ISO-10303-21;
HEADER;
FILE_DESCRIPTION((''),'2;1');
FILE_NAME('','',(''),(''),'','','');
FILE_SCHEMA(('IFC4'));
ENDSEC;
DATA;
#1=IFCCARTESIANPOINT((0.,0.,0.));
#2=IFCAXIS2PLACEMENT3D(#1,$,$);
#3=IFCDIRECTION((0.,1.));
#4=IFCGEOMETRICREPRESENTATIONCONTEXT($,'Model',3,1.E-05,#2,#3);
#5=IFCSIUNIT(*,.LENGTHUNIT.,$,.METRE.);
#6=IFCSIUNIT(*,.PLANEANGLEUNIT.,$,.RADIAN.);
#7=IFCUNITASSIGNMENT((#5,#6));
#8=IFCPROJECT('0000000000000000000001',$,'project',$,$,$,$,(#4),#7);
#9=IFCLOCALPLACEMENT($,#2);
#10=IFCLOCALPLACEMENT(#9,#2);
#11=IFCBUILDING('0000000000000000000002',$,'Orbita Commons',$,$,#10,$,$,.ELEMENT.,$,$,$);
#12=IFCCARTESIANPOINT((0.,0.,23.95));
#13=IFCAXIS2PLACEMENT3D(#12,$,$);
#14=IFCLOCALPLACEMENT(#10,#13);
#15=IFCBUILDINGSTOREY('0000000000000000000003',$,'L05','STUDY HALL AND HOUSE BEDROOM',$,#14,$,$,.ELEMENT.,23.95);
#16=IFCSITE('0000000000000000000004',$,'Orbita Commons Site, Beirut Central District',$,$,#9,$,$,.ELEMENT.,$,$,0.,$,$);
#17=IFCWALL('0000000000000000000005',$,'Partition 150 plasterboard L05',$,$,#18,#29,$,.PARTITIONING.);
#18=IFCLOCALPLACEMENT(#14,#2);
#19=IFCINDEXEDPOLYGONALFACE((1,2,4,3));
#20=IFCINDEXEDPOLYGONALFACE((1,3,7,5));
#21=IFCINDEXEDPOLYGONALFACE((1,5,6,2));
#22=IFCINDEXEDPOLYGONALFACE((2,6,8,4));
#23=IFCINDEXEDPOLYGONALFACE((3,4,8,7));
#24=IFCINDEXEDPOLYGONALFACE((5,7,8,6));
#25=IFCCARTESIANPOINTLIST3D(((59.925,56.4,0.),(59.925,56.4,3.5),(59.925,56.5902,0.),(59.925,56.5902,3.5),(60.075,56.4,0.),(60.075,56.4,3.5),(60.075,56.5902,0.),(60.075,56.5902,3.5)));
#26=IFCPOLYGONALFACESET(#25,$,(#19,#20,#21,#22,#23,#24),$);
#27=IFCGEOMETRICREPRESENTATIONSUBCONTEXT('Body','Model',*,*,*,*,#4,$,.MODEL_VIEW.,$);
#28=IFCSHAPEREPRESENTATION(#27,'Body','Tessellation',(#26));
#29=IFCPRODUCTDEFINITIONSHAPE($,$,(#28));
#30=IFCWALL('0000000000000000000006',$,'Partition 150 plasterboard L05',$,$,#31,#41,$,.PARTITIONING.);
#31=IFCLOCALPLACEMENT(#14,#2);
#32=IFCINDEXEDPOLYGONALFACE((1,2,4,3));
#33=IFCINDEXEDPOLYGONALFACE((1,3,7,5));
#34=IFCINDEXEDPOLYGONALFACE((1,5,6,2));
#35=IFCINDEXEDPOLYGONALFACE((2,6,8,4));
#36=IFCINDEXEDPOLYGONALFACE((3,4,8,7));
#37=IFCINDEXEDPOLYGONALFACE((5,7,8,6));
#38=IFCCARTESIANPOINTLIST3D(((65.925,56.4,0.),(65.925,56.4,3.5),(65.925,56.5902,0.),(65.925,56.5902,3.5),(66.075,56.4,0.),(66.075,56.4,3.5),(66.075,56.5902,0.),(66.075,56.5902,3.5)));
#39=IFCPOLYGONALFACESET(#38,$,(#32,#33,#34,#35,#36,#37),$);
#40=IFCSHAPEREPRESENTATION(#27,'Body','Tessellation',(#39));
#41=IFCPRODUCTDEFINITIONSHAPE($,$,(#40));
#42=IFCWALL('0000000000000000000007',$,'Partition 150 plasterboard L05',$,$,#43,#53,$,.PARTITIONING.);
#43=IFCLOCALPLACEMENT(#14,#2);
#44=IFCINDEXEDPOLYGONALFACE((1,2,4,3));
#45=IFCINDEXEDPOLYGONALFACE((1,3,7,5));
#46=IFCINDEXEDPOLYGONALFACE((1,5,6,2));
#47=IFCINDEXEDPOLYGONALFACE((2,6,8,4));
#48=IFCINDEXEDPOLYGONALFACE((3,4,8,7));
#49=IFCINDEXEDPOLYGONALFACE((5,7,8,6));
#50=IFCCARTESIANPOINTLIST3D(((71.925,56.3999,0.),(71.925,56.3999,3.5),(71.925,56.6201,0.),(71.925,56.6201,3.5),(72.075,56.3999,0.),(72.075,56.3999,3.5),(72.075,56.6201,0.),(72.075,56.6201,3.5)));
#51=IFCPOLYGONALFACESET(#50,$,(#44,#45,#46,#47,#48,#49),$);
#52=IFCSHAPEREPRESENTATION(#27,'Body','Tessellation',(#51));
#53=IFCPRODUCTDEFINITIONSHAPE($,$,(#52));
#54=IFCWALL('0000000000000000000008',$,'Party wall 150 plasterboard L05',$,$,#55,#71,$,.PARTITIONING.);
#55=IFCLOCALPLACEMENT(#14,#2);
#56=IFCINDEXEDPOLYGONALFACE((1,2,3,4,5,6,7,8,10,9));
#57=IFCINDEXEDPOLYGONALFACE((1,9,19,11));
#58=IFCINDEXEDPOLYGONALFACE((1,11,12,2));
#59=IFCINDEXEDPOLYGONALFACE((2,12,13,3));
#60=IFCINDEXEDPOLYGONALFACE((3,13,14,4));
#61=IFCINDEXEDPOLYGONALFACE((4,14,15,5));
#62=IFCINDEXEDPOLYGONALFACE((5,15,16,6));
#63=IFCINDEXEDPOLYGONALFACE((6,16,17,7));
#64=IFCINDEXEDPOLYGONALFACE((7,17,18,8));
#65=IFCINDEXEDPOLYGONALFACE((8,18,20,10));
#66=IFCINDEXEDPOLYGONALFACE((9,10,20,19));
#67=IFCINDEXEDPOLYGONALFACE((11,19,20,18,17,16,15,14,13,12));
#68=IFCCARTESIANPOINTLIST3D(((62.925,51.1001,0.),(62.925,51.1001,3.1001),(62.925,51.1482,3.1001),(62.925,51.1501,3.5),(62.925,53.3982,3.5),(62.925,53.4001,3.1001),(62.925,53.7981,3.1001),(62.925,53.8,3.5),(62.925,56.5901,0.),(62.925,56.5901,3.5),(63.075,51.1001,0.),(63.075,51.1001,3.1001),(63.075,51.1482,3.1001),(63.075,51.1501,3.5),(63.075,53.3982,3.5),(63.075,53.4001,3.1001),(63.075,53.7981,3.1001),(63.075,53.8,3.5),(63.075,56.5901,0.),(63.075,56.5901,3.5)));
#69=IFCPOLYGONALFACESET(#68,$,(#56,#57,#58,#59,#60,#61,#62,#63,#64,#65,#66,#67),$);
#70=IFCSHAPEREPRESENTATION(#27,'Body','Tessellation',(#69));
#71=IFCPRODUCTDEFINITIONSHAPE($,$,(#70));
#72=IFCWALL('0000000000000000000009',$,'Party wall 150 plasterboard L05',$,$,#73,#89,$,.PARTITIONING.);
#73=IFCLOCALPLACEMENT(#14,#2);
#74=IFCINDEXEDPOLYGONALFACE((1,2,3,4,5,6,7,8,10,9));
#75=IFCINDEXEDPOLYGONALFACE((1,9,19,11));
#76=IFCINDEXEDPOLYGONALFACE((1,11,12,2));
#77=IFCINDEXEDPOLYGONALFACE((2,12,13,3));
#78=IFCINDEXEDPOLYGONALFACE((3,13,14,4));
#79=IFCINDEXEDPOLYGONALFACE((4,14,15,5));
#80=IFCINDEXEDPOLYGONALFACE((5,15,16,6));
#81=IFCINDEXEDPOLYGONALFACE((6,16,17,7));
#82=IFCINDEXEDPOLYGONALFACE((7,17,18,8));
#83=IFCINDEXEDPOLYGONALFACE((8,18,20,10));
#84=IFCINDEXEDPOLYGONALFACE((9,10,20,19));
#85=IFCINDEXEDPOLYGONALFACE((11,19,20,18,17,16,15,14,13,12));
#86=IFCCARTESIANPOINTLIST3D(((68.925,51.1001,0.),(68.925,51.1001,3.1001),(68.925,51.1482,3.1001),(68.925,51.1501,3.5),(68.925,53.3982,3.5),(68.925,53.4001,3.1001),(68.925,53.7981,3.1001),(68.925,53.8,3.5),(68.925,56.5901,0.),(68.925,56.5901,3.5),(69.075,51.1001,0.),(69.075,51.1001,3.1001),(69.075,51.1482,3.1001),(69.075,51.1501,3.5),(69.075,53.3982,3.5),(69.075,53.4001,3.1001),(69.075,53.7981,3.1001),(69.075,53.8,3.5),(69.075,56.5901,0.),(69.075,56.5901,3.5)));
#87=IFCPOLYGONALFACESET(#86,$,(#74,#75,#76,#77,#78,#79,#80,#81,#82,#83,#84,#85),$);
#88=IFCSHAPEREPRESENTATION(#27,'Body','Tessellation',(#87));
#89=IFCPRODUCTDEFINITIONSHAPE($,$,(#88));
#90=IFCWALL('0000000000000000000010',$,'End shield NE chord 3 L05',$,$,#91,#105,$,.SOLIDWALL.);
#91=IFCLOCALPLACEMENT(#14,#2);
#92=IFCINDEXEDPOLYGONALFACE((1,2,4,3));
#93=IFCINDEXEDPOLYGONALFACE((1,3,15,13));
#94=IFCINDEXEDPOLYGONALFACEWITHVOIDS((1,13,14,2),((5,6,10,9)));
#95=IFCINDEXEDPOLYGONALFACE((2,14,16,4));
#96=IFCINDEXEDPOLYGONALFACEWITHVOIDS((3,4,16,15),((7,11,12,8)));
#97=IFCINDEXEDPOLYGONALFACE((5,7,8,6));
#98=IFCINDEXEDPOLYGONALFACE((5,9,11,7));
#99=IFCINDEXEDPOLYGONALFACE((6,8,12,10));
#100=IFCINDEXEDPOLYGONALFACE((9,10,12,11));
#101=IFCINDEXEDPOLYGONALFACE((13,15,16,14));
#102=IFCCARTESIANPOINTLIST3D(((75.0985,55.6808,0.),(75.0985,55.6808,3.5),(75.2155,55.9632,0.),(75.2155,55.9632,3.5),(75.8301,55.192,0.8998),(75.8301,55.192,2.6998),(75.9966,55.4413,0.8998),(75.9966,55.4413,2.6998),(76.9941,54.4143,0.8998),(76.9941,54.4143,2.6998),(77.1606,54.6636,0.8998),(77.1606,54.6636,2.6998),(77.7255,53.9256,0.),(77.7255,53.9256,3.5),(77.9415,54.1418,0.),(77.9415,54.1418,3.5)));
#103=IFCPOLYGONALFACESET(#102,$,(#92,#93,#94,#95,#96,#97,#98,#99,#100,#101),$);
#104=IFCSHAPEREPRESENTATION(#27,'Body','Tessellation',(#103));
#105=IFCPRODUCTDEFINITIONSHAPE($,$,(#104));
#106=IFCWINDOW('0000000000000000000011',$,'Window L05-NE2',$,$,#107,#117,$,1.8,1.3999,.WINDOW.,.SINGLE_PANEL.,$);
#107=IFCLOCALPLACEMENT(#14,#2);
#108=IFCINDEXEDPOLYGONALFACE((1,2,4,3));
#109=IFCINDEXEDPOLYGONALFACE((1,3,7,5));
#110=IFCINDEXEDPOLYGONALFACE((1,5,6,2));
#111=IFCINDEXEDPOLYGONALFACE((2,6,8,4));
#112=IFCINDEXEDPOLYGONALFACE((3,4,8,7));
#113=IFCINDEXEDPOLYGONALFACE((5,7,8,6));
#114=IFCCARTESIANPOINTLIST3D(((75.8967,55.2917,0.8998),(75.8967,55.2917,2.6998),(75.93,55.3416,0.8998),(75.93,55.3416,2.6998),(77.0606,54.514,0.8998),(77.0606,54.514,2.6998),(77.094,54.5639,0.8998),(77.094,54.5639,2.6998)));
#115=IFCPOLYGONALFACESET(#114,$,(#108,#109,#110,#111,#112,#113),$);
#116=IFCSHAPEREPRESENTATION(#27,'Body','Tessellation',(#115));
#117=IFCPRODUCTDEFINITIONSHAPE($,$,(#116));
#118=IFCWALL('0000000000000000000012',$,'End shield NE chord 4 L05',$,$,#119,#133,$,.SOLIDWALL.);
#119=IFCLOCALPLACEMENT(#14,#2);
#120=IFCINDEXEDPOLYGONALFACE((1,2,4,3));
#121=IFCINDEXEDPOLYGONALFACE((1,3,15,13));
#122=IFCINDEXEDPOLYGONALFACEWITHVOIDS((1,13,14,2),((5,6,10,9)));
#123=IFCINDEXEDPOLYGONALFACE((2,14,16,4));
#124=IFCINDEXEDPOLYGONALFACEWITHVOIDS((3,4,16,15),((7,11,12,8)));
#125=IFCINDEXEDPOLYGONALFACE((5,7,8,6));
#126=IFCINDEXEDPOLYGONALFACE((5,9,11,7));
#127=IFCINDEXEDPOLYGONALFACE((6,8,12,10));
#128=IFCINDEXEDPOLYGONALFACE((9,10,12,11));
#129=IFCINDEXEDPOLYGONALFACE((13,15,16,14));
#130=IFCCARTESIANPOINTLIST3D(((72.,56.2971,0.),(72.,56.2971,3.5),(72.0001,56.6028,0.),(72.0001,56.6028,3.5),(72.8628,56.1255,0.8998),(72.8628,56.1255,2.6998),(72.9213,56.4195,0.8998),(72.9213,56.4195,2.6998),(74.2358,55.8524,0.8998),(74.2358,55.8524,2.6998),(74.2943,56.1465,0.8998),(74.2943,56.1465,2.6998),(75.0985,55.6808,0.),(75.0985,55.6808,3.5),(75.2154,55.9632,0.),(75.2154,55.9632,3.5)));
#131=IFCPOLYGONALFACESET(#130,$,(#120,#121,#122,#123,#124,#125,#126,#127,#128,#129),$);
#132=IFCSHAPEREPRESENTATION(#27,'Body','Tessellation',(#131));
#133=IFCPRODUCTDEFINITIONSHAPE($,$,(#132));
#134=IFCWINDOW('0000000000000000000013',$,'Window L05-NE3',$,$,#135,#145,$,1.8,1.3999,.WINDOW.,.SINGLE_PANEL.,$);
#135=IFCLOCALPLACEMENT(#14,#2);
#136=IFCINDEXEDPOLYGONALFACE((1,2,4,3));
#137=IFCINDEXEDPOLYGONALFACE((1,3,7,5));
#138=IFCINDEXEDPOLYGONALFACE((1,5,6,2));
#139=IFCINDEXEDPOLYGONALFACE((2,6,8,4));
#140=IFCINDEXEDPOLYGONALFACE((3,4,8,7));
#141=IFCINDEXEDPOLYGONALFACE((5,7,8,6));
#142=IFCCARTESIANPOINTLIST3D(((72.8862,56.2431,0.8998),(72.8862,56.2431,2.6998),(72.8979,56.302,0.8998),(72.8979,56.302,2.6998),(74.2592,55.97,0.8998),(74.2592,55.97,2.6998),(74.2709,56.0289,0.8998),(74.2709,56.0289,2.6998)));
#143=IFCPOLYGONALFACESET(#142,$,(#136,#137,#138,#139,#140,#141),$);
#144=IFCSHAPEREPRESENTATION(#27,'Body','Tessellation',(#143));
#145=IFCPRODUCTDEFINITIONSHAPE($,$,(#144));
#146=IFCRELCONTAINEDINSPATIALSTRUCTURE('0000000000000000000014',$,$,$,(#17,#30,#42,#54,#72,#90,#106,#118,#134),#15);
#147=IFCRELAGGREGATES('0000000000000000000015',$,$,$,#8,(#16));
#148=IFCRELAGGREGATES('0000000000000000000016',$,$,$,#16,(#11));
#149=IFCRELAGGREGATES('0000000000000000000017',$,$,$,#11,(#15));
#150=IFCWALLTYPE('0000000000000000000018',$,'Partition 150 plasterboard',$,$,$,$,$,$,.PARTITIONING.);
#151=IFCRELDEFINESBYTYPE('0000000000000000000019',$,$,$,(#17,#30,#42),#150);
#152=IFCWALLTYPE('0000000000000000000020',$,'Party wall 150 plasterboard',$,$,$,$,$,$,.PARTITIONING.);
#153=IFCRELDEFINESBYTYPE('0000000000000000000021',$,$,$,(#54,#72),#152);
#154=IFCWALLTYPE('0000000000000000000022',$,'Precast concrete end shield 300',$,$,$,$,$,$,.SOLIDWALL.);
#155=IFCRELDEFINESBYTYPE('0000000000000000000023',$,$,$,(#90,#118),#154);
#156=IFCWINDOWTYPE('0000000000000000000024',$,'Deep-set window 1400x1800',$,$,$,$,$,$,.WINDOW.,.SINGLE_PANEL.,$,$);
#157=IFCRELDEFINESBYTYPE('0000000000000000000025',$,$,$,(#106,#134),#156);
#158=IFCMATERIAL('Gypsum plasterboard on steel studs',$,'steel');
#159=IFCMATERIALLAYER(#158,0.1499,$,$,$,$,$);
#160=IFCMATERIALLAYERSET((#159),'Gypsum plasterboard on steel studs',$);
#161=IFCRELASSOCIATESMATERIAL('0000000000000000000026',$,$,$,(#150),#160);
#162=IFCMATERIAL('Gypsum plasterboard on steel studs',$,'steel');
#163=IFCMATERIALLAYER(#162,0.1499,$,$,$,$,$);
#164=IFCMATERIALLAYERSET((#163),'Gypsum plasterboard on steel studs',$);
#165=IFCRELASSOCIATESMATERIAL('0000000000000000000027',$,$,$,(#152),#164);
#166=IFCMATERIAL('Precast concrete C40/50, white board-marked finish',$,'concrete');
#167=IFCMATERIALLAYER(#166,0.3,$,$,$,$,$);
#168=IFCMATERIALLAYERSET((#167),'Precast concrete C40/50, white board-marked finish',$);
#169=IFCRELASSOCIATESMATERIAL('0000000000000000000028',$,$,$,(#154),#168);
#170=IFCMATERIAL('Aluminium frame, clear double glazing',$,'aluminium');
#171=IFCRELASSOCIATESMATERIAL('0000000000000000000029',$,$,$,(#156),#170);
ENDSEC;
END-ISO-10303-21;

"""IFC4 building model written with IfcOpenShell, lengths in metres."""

from ifc_helpers import new_model, si_unit, direction, frame, frame_2d, origin, place, context, subcontext, project, spatial, polyline, rectangle, outline, extrude, material, layer, layer_set, type_object, element, fill, save


model = new_model("IFC4")

# Units and contexts
model_context = context("Model", 3, precision=1e-05, world=origin(), true_north=direction((0.0, 1.0)))
body_context = subcontext(model_context, "Body", "Model", "MODEL_VIEW")
ifc_project = project(units=[si_unit("LENGTHUNIT", "METRE"), si_unit("PLANEANGLEUNIT", "RADIAN")], contexts=[model_context])

# Site, building, storey
site_placement = place(None, origin())
site = spatial("IfcSite", under=ifc_project, at=site_placement, Name="Orbita Commons Site, Beirut Central District", CompositionType="ELEMENT", RefElevation=0.0)
building_placement = place(site_placement, origin())
building = spatial("IfcBuilding", under=site, at=building_placement, Name="Orbita Commons", CompositionType="ELEMENT")
storey_placement = place(building_placement, frame((0.0, 0.0, 23.95)))
storey = spatial("IfcBuildingStorey", under=building, at=storey_placement, Name="L05", Description="STUDY HALL AND HOUSE BEDROOM", CompositionType="ELEMENT", Elevation=23.95)

# Walls
ifc_material_1 = material(Name="Gypsum plasterboard on steel studs", Category="steel")
ifc_layer_1 = layer(ifc_material_1, 0.1499)
ifc_layer_set_1 = layer_set([ifc_layer_1], Name="Gypsum plasterboard on steel studs")
wall_type_1 = type_object("IfcWallType", Name="Partition 150 plasterboard", PredefinedType="PARTITIONING", material=ifc_layer_set_1)
for number, where, z_axis, x_axis, name in (
    (1, (60.0, 56.3999, 0.0), (0.0, 0.0, 1.0), (0.0, 1.0, 0.0), "Partition 150 plasterboard L05"),
    (2, (66.0, 56.3999, 0.0), (0.0, 0.0, 1.0), (0.0, 1.0, 0.0), "Partition 150 plasterboard L05"),
):
    element("IfcWall", number, at=place(storey_placement, frame(where, z_axis=z_axis, x_axis=x_axis)), inside=storey, type_object=wall_type_1, Name=name, PredefinedType="PARTITIONING", context=body_context, shape_type="SweptSolid", body=[
        extrude(rectangle(XDim=0.1902, YDim=0.1499, at=frame_2d((0.0952, 0.0))), origin(), (0.0, 0.0, 1.0), 3.5),
    ])
wall_1_placement = place(storey_placement, frame((72.0, 56.3999, 0.0), z_axis=(0.0, 0.0, 1.0), x_axis=(0.0, 1.0, 0.0)))
element("IfcWall", 3, at=wall_1_placement, inside=storey, type_object=wall_type_1, Name="Partition 150 plasterboard L05", PredefinedType="PARTITIONING", context=body_context, shape_type="SweptSolid", body=[
    extrude(rectangle(XDim=0.2202, YDim=0.1499, at=frame_2d((0.1101, 0.0))), origin(), (0.0, 0.0, 1.0), 3.5),
])
ifc_material_2 = material(Name="Gypsum plasterboard on steel studs", Category="steel")
ifc_layer_2 = layer(ifc_material_2, 0.1499)
ifc_layer_set_2 = layer_set([ifc_layer_2], Name="Gypsum plasterboard on steel studs")
wall_type_2 = type_object("IfcWallType", Name="Party wall 150 plasterboard", PredefinedType="PARTITIONING", material=ifc_layer_set_2)
for number, where, z_axis, x_axis, name in (
    (4, (63.0, 56.5901, 0.0), (0.0, 0.0, 1.0), (0.0, -1.0, 0.0), "Party wall 150 plasterboard L05"),
    (5, (69.0, 56.5901, 0.0), (0.0, 0.0, 1.0), (0.0, -1.0, 0.0), "Party wall 150 plasterboard L05"),
):
    element("IfcWall", number, at=place(storey_placement, frame(where, z_axis=z_axis, x_axis=x_axis)), inside=storey, type_object=wall_type_2, Name=name, PredefinedType="PARTITIONING", context=body_context, shape_type="SweptSolid", body=[
        extrude(outline(polyline([(0.0, 0.0), (5.49, 0.0), (5.49, 3.1001), (5.4419, 3.1001), (5.4399, 3.5), (3.1919, 3.5), (3.1899, 3.1001), (2.792, 3.1001), (2.79, 3.5), (0.0, 3.5), (0.0, 0.0)])), frame((0.0, 0.075, 0.0), z_axis=(0.0, -1.0, 0.0), x_axis=(1.0, 0.0, 0.0)), (0.0, 0.0, 1.0), 0.1499),
    ])

# Walls, openings, windows
ifc_material_3 = material(Name="Precast concrete C40/50, white board-marked finish", Category="concrete")
ifc_layer_3 = layer(ifc_material_3, 0.3)
ifc_layer_set_3 = layer_set([ifc_layer_3], Name="Precast concrete C40/50, white board-marked finish")
wall_type_3 = type_object("IfcWallType", Name="Precast concrete end shield 300", PredefinedType="SOLIDWALL", material=ifc_layer_set_3)
wall_2_placement = place(storey_placement, frame((77.8335, 54.0337, 0.0), z_axis=(0.0, 0.0, 1.0), x_axis=(-0.831478, 0.555558, 0.0)))
wall_2 = element("IfcWall", 6, at=wall_2_placement, inside=storey, type_object=wall_type_3, Name="End shield NE chord 3 L05", PredefinedType="SOLIDWALL", context=body_context, shape_type="SweptSolid", body=[
    extrude(outline(polyline([(-0.0298, -0.1499), (3.2488, -0.1499), (3.1892, 0.1499), (0.0298, 0.1499), (-0.0298, -0.1499)])), origin(), (0.0, 0.0, 1.0), 3.5),
])
opening_1_placement = place(wall_2_placement, frame((0.9094, 0.0, 0.8999)))
opening_1 = element("IfcOpeningElement", 7, at=opening_1_placement, cuts=wall_2, PredefinedType="OPENING", context=body_context, shape_type="SweptSolid", body=[
    extrude(rectangle(XDim=1.3999, YDim=1.8, at=frame_2d((0.7, 0.8999))), frame((0.0, 0.1599, 0.0), z_axis=(0.0, -1.0, 0.0), x_axis=(1.0, 0.0, 0.0)), (0.0, 0.0, 1.0), 0.3201),
])
ifc_material_4 = material(Name="Aluminium frame, clear double glazing", Category="aluminium")
window_type = type_object("IfcWindowType", Name="Deep-set window 1400x1800", PartitioningType="SINGLE_PANEL", PredefinedType="WINDOW", material=ifc_material_4)
window_1_placement = place(opening_1_placement, origin())
window_1 = element("IfcWindow", 8, at=window_1_placement, inside=storey, type_object=window_type, Name="Window L05-NE2", OverallHeight=1.8, OverallWidth=1.3999, PartitioningType="SINGLE_PANEL", PredefinedType="WINDOW", context=body_context, shape_type="SweptSolid", body=[
    extrude(rectangle(XDim=1.3999, YDim=1.8, at=frame_2d((0.7, 0.8999))), frame((0.0, 0.03, 0.0), z_axis=(0.0, -1.0, 0.0), x_axis=(1.0, 0.0, 0.0)), (0.0, 0.0, 1.0), 0.0601),
])
fill(opening_1, window_1)
wall_3_placement = place(storey_placement, frame((75.157, 55.822, 0.0), z_axis=(0.0, 0.0, 1.0), x_axis=(-0.980787, 0.19508, 0.0)))
wall_3 = element("IfcWall", 9, at=wall_3_placement, inside=storey, type_object=wall_type_3, Name="End shield NE chord 4 L05", PredefinedType="SOLIDWALL", context=body_context, shape_type="SweptSolid", body=[
    extrude(outline(polyline([(-0.0298, -0.1499), (3.2485, -0.1499), (3.189, 0.1499), (0.0298, 0.1499), (-0.0298, -0.1499)])), origin(), (0.0, 0.0, 1.0), 3.5),
])
opening_2_placement = place(wall_3_placement, frame((0.9094, 0.0, 0.8999)))
opening_2 = element("IfcOpeningElement", 10, at=opening_2_placement, cuts=wall_3, PredefinedType="OPENING", context=body_context, shape_type="SweptSolid", body=[
    extrude(rectangle(XDim=1.3999, YDim=1.8, at=frame_2d((0.7, 0.8999))), frame((0.0, 0.1599, 0.0), z_axis=(0.0, -1.0, 0.0), x_axis=(1.0, 0.0, 0.0)), (0.0, 0.0, 1.0), 0.3201),
])
window_2_placement = place(opening_2_placement, origin())
window_2 = element("IfcWindow", 11, at=window_2_placement, inside=storey, type_object=window_type, Name="Window L05-NE3", OverallHeight=1.8, OverallWidth=1.3999, PartitioningType="SINGLE_PANEL", PredefinedType="WINDOW", context=body_context, shape_type="SweptSolid", body=[
    extrude(rectangle(XDim=1.3999, YDim=1.8, at=frame_2d((0.7, 0.8999))), frame((0.0, 0.03, 0.0), z_axis=(0.0, -1.0, 0.0), x_axis=(1.0, 0.0, 0.0)), (0.0, 0.0, 1.0), 0.0601),
])
fill(opening_2, window_2)

save(model, "model.ifc")
